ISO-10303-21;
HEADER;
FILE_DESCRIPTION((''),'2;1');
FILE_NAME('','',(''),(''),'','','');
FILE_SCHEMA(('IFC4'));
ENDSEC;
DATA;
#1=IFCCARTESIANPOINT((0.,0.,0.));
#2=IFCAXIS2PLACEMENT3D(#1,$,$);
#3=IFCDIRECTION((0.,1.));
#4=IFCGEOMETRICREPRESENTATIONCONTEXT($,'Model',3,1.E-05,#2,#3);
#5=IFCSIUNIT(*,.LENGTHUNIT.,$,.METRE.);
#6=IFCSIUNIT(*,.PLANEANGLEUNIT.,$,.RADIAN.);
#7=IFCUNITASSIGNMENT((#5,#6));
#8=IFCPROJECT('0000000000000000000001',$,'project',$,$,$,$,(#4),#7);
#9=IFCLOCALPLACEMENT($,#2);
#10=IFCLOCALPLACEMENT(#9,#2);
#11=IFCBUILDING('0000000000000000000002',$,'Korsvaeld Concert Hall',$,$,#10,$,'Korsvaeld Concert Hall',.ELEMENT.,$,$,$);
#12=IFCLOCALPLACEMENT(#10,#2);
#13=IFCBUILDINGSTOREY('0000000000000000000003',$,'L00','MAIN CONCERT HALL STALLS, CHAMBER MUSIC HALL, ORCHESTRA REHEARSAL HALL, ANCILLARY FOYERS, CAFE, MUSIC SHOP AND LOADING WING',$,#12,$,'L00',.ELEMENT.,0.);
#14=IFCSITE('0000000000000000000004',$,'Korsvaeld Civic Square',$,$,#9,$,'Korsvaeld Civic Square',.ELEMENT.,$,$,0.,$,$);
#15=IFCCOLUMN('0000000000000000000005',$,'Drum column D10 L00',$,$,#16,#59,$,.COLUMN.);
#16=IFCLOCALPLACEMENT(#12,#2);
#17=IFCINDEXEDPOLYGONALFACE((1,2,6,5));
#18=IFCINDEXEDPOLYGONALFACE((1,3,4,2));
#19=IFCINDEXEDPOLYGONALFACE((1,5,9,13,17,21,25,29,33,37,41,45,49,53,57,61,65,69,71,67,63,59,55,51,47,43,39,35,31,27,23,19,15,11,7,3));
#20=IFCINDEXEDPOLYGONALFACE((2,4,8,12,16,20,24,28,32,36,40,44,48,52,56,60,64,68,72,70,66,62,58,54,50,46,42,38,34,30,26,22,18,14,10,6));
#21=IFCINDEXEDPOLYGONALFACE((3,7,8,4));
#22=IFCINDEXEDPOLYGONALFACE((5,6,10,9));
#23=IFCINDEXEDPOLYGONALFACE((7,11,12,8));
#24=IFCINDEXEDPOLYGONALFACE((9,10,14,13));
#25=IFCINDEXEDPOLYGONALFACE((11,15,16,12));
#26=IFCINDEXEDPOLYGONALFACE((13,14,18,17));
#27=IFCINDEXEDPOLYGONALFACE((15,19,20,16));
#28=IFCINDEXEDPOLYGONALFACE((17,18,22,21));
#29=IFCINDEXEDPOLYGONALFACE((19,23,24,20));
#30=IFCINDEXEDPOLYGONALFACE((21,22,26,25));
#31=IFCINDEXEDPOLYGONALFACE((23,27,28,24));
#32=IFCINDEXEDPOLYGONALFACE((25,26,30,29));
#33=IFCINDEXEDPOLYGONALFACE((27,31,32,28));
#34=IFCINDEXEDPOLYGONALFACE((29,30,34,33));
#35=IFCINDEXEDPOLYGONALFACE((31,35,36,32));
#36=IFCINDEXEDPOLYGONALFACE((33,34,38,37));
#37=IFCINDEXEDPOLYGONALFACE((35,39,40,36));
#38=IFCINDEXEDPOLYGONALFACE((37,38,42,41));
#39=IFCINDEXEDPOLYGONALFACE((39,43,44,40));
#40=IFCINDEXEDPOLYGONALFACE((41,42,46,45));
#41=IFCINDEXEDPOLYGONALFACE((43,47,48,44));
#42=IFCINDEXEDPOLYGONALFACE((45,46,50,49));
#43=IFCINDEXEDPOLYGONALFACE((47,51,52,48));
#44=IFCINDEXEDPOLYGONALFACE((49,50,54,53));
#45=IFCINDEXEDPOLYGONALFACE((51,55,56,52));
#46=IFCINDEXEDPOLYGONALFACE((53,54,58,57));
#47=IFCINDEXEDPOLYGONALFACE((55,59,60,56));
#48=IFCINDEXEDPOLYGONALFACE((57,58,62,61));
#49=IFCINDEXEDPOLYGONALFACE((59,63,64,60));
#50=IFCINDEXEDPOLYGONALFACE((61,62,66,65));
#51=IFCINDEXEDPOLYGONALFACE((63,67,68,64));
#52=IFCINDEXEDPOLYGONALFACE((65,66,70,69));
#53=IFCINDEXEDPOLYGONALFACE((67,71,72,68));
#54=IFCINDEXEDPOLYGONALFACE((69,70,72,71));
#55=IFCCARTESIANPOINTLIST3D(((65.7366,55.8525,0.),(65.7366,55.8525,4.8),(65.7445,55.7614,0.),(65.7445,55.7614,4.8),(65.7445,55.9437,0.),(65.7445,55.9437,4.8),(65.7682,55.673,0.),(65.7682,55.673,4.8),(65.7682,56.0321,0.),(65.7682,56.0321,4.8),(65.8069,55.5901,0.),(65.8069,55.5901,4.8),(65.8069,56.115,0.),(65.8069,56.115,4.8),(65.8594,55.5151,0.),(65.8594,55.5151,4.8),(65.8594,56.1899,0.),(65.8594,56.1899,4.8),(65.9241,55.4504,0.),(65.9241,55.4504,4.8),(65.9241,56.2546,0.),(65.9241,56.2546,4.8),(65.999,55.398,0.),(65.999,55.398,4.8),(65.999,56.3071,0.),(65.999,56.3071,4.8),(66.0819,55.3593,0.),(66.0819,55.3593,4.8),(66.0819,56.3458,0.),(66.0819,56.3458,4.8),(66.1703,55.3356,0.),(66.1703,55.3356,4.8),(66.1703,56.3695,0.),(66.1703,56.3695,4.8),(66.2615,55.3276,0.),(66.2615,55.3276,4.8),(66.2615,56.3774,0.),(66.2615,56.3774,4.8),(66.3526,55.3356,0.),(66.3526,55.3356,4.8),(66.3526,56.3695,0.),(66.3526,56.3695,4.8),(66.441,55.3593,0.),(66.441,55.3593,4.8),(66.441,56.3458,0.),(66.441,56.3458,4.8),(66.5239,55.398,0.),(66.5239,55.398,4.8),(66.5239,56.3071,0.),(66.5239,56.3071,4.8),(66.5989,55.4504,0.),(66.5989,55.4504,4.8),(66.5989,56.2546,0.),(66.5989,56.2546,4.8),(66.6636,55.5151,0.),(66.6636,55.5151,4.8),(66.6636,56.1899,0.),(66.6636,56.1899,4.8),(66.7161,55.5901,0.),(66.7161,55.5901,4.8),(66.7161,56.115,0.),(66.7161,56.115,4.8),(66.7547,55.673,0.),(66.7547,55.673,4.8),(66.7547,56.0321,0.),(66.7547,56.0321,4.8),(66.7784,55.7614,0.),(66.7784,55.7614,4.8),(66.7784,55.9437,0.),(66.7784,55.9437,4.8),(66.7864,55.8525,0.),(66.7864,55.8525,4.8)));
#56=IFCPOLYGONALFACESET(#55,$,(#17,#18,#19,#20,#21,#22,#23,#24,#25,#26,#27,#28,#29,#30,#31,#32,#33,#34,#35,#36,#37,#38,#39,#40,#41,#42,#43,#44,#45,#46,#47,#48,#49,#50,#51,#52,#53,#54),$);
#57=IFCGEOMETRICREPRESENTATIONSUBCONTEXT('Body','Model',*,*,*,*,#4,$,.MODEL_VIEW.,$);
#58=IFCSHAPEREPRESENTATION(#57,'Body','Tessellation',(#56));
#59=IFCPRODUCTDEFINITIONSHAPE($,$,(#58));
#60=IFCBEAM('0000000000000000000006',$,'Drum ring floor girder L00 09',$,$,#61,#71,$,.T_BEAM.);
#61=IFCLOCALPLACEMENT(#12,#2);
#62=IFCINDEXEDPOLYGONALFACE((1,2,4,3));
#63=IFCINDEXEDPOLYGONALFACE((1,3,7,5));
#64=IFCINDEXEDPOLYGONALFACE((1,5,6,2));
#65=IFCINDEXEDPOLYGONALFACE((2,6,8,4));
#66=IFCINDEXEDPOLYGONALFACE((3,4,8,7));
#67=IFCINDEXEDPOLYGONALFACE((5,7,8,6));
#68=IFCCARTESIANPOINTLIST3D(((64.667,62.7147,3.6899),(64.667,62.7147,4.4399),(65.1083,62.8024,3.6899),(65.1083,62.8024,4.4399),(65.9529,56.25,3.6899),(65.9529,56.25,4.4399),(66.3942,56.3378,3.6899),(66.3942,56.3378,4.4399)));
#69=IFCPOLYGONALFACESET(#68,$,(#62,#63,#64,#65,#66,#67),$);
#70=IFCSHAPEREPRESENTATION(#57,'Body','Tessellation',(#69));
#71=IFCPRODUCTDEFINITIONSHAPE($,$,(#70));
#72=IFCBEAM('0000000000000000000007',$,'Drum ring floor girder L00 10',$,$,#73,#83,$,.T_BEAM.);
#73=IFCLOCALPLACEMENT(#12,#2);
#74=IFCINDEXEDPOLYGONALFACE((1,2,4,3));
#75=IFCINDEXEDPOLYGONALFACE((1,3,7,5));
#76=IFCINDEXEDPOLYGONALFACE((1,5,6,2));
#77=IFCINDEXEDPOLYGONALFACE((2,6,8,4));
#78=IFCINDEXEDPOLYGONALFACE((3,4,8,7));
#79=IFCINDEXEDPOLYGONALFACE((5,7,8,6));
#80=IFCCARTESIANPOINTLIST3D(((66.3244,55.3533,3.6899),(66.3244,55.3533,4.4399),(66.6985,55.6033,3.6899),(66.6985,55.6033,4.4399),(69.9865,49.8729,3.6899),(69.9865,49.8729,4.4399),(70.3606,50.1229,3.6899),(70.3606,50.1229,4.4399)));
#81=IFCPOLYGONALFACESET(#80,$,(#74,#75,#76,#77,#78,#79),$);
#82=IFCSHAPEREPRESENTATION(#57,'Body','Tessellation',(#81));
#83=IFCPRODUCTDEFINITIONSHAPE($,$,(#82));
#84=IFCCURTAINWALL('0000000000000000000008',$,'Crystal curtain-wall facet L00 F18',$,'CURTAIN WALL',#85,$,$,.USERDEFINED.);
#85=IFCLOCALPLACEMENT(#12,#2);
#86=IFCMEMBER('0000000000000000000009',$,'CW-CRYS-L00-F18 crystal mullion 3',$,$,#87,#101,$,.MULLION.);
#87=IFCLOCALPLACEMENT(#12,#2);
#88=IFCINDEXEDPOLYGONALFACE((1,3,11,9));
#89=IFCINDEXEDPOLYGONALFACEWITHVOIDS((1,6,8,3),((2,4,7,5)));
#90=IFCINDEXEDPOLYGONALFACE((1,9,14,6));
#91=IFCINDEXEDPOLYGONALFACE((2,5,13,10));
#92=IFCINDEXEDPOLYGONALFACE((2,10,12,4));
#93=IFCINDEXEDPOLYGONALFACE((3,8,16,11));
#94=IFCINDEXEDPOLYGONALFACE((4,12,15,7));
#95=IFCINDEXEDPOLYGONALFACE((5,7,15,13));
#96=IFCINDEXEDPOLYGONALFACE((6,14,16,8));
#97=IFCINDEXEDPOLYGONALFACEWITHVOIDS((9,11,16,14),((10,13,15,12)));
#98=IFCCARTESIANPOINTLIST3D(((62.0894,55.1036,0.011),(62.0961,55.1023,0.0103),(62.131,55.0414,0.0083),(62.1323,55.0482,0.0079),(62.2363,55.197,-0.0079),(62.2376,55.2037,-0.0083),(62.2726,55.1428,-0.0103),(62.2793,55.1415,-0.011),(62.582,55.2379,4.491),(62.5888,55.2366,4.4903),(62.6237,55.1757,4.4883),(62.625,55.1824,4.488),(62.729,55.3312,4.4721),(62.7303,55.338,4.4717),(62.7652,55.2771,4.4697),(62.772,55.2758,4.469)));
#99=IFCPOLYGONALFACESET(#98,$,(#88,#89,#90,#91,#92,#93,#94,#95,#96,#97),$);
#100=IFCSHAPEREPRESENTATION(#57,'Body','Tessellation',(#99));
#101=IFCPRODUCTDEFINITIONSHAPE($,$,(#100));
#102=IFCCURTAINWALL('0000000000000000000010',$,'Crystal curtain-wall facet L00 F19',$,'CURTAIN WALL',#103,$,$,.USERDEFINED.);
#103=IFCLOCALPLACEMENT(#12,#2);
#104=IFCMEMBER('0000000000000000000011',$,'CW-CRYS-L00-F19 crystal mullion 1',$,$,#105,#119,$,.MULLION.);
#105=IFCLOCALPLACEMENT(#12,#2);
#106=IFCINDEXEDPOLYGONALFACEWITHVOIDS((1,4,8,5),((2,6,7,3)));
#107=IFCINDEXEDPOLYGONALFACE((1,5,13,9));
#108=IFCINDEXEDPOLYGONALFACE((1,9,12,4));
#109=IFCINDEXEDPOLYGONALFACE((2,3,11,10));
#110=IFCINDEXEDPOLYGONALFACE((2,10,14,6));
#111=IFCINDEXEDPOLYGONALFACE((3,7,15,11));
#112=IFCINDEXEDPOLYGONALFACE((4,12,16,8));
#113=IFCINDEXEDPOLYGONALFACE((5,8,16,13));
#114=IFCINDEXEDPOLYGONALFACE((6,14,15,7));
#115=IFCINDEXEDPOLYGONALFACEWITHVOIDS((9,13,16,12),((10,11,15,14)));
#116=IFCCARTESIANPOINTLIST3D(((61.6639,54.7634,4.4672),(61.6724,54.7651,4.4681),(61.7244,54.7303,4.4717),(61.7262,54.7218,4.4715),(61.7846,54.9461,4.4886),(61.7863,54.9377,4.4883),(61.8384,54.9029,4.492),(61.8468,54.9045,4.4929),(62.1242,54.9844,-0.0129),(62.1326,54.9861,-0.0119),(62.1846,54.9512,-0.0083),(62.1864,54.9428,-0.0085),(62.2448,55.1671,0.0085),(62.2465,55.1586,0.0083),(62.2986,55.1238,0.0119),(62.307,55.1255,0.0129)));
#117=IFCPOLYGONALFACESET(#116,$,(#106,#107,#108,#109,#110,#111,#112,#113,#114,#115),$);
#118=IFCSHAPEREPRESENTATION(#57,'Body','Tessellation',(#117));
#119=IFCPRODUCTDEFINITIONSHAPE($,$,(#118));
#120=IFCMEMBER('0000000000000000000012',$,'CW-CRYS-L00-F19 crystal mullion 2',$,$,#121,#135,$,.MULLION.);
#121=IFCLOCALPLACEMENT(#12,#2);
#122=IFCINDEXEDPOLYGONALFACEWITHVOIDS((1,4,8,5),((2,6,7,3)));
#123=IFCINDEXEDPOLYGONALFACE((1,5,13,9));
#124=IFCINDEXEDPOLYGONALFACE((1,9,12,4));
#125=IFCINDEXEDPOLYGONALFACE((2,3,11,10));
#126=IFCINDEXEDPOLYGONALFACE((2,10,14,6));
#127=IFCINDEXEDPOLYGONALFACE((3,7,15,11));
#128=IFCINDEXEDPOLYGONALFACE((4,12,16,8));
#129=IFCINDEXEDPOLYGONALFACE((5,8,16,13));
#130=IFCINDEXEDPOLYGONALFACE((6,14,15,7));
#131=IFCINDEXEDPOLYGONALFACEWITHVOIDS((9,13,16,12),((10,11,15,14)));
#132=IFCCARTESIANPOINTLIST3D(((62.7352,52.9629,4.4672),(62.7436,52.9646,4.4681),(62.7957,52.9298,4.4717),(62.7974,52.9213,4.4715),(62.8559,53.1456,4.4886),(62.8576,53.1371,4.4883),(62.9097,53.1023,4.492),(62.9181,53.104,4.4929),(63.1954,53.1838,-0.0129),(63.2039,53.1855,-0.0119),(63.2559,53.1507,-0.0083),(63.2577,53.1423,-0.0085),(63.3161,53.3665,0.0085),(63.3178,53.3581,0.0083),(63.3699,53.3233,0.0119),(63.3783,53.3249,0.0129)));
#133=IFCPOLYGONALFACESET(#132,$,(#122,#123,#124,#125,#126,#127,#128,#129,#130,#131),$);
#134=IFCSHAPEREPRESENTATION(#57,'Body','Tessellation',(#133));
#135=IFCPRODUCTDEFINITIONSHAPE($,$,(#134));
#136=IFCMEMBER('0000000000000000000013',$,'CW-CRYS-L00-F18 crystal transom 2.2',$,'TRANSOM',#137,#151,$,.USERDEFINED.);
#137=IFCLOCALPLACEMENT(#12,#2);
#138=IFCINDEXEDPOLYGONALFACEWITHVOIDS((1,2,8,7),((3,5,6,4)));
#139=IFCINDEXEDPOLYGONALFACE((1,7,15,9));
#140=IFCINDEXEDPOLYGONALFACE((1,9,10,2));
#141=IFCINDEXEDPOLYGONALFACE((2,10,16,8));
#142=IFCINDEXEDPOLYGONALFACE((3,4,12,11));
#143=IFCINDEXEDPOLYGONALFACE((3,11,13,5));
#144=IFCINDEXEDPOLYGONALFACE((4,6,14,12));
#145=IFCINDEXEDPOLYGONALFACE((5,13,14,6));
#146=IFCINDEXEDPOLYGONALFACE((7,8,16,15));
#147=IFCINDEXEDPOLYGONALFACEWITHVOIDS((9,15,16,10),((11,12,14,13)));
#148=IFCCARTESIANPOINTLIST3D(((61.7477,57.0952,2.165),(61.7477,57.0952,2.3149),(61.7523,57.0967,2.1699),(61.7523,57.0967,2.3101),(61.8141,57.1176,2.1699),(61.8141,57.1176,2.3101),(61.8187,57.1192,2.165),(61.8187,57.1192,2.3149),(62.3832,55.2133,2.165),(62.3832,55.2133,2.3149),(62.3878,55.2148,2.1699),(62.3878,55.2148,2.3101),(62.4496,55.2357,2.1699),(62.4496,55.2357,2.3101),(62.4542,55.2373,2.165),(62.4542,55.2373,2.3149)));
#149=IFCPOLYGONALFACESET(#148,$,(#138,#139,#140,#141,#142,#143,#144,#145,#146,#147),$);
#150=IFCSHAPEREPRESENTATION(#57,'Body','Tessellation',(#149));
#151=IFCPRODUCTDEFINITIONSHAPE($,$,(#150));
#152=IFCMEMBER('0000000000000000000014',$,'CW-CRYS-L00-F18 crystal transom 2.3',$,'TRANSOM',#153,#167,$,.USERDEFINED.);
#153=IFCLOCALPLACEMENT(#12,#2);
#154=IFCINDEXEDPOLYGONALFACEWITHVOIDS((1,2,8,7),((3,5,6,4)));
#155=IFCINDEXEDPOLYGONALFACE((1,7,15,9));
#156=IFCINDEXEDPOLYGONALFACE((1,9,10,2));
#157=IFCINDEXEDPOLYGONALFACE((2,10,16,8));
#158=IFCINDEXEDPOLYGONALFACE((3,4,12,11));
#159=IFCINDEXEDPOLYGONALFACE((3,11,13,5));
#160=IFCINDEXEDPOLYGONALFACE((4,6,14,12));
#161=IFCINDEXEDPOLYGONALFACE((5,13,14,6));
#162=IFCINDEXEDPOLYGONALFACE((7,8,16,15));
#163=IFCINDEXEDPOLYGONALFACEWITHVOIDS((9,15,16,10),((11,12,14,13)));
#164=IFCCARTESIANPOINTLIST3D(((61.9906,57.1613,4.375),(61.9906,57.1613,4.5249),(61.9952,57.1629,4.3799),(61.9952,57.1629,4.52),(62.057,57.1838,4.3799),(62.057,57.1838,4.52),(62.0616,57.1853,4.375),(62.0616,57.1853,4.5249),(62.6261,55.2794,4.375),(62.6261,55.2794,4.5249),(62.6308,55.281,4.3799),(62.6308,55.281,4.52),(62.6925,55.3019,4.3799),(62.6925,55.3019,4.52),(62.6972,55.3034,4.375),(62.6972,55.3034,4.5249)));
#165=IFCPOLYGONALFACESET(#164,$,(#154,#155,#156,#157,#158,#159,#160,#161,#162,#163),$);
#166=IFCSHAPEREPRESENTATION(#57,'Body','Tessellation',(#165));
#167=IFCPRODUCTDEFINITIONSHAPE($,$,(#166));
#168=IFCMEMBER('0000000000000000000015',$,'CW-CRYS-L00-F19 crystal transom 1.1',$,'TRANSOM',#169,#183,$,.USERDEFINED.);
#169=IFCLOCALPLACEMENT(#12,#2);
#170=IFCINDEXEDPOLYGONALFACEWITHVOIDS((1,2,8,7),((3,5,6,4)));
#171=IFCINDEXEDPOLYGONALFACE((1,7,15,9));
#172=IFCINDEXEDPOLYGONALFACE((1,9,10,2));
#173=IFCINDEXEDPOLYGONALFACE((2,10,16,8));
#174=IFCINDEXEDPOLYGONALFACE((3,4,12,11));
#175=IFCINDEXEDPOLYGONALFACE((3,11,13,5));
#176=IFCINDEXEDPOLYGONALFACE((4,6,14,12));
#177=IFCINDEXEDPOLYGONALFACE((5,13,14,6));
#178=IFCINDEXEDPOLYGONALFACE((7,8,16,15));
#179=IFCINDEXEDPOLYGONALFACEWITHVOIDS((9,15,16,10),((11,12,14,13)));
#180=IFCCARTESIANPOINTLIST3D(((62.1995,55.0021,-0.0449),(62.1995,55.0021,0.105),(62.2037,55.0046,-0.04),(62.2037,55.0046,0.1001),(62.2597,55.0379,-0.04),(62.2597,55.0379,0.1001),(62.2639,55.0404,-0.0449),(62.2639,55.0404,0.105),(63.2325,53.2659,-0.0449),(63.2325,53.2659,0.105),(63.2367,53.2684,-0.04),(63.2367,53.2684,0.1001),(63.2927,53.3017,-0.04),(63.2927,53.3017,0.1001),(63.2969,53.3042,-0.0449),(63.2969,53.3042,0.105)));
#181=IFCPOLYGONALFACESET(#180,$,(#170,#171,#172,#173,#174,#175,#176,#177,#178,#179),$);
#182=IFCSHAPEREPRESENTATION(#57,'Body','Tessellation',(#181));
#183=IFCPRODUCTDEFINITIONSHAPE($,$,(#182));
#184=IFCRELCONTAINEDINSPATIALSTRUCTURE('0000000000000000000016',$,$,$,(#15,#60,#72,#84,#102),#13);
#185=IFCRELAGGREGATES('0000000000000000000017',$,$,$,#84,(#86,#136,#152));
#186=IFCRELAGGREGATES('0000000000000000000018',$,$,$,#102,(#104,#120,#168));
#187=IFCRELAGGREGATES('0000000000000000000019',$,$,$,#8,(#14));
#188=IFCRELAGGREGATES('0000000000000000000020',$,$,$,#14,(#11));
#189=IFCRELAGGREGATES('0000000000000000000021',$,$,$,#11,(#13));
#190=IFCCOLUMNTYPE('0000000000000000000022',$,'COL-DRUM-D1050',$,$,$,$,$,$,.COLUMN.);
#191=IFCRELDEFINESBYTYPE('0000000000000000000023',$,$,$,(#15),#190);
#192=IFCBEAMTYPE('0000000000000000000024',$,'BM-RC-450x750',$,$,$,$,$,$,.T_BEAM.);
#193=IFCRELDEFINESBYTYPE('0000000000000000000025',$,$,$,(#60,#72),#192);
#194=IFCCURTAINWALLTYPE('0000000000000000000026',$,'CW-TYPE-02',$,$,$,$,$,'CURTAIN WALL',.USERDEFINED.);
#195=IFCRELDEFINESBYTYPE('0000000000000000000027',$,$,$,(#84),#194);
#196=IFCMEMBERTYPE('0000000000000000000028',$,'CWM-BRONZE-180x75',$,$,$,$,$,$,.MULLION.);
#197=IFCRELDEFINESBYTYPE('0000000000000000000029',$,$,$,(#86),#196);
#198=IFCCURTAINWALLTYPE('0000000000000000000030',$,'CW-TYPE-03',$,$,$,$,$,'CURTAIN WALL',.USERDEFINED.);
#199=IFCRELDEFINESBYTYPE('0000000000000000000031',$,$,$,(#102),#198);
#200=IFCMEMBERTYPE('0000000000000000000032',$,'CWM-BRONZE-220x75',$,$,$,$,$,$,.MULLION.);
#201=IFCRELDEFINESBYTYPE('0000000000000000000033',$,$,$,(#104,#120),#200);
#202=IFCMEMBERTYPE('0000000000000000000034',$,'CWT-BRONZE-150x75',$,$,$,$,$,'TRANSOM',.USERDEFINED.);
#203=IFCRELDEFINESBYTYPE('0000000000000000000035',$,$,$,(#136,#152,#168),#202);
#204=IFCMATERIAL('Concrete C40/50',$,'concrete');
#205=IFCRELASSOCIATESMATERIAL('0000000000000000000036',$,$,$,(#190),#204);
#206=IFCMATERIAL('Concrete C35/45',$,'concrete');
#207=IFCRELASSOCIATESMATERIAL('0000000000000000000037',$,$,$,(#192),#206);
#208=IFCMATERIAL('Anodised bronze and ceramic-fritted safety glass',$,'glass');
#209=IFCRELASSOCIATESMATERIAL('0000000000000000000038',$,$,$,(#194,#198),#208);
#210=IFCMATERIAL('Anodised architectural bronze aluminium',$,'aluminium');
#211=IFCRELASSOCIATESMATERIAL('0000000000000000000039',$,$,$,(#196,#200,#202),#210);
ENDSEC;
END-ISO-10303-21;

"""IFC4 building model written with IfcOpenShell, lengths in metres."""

from ifc_helpers import new_model, si_unit, direction, frame, origin, origin_2d, place, context, subcontext, project, spatial, rectangle, hollow_rectangle, circle, extrude, material, material_profile, profile_set, type_object, element, aggregate, save


model = new_model("IFC4")

# Units and contexts
model_context = context("Model", 3, precision=1e-05, world=origin(), true_north=direction((0.0, 1.0)))
body_context = subcontext(model_context, "Body", "Model", "MODEL_VIEW")
ifc_project = project(units=[si_unit("LENGTHUNIT", "METRE"), si_unit("PLANEANGLEUNIT", "RADIAN")], contexts=[model_context])

# Site, building, storey
site_placement = place(None, origin())
site = spatial("IfcSite", under=ifc_project, at=site_placement, Name="Korsvaeld Civic Square", LongName="Korsvaeld Civic Square", CompositionType="ELEMENT", RefElevation=0.0)
building_placement = place(site_placement, origin())
building = spatial("IfcBuilding", under=site, at=building_placement, Name="Korsvaeld Concert Hall", LongName="Korsvaeld Concert Hall", CompositionType="ELEMENT")
storey_placement = place(building_placement, origin())
storey = spatial("IfcBuildingStorey", under=building, at=storey_placement, Name="L00", Description="MAIN CONCERT HALL STALLS, CHAMBER MUSIC HALL, ORCHESTRA REHEARSAL HALL, ANCILLARY FOYERS, CAFE, MUSIC SHOP AND LOADING WING", LongName="L00", CompositionType="ELEMENT", Elevation=0.0)

# Column
ifc_material_1 = material(Name="Concrete C40/50", Category="concrete")
ifc_material_profile_1 = material_profile(ifc_material_1, circle(Radius=0.5249, at=origin_2d()), Name="RC D1050")
ifc_profile_set_1 = profile_set([ifc_material_profile_1], Name="Concrete C40/50")
column_type = type_object("IfcColumnType", Name="COL-DRUM-D1050", PredefinedType="COLUMN", material=ifc_profile_set_1)
column_placement = place(storey_placement, frame((66.2615, 55.8525, 0.0), z_axis=(0.0, 0.0, 1.0), x_axis=(1.0, 0.0, 0.0)))
element("IfcColumn", 1, at=column_placement, inside=storey, type_object=column_type, Name="Drum column D10 L00", PredefinedType="COLUMN", context=body_context, shape_type="SweptSolid", body=[
    extrude(circle(Radius=0.5249, at=origin_2d()), origin(), (0.0, 0.0, 1.0), 4.8),
])

# Beams
ifc_material_2 = material(Name="Concrete C35/45", Category="concrete")
ifc_material_profile_2 = material_profile(ifc_material_2, rectangle(XDim=0.45, YDim=0.75, at=origin_2d()), Name="RC 450x750")
ifc_profile_set_2 = profile_set([ifc_material_profile_2], Name="Concrete C35/45")
beam_type = type_object("IfcBeamType", Name="BM-RC-450x750", PredefinedType="T_BEAM", material=ifc_profile_set_2)
for number, where, z_axis, x_axis, name in (
    (2, (64.8877, 62.7585, 4.0649), (0.19509, -0.980785, 0.0), (0.980785, 0.19509, 0.0), "Drum ring floor girder L00 09"),
    (3, (66.5115, 55.4783, 4.0649), (0.555589, -0.831457, 0.0), (0.831457, 0.555589, 0.0), "Drum ring floor girder L00 10"),
):
    element("IfcBeam", number, at=place(storey_placement, frame(where, z_axis=z_axis, x_axis=x_axis)), inside=storey, type_object=beam_type, Name=name, PredefinedType="T_BEAM", context=body_context, shape_type="SweptSolid", body=[
        extrude(rectangle(XDim=0.45, YDim=0.75, at=origin_2d()), origin(), (0.0, 0.0, 1.0), 6.5913),
    ])

# Curtain wall, member
ifc_material_3 = material(Name="Anodised bronze and ceramic-fritted safety glass", Category="glass")
curtain_wall_type_1 = type_object("IfcCurtainWallType", Name="CW-TYPE-02", ElementType="CURTAIN WALL", PredefinedType="USERDEFINED", material=ifc_material_3)
curtain_wall_1_placement = place(storey_placement, origin())
curtain_wall_1 = element("IfcCurtainWall", 4, at=curtain_wall_1_placement, inside=storey, type_object=curtain_wall_type_1, Name="Crystal curtain-wall facet L00 F18", ObjectType="CURTAIN WALL", PredefinedType="USERDEFINED")
ifc_material_4 = material(Name="Anodised architectural bronze aluminium", Category="aluminium")
ifc_material_profile_3 = material_profile(ifc_material_4, hollow_rectangle(XDim=0.075, YDim=0.1799, WallThickness=0.0049, at=origin_2d()), Name="CWM 180x75x5")
ifc_profile_set_3 = profile_set([ifc_material_profile_3], Name="Anodised architectural bronze aluminium")
member_type_1 = type_object("IfcMemberType", Name="CWM-BRONZE-180x75", PredefinedType="MULLION", material=ifc_profile_set_3)
member_1_placement = place(storey_placement, frame((62.1843, 55.1226, 0.0), z_axis=(0.109265, 0.02978, 0.993566), x_axis=(-0.555812, 0.830518, 0.036231)))
member_1 = element("IfcMember", 5, at=member_1_placement, type_object=member_type_1, Name="CW-CRYS-L00-F18 crystal mullion 3", PredefinedType="MULLION", context=body_context, shape_type="SweptSolid", body=[
    extrude(hollow_rectangle(XDim=0.075, YDim=0.1799, WallThickness=0.0049, at=origin_2d()), origin(), (0.0, 0.0, 1.0), 4.509),
])

# Curtain wall, members
curtain_wall_type_2 = type_object("IfcCurtainWallType", Name="CW-TYPE-03", ElementType="CURTAIN WALL", PredefinedType="USERDEFINED", material=ifc_material_3)
curtain_wall_2_placement = place(storey_placement, origin())
curtain_wall_2 = element("IfcCurtainWall", 6, at=curtain_wall_2_placement, inside=storey, type_object=curtain_wall_type_2, Name="Crystal curtain-wall facet L00 F19", ObjectType="CURTAIN WALL", PredefinedType="USERDEFINED")
ifc_material_profile_4 = material_profile(ifc_material_4, hollow_rectangle(XDim=0.075, YDim=0.22, WallThickness=0.0061, at=origin_2d()), Name="CWM 220x75x6")
ifc_profile_set_4 = profile_set([ifc_material_profile_4], Name="Anodised architectural bronze aluminium")
member_type_2 = type_object("IfcMemberType", Name="CWM-BRONZE-220x75", PredefinedType="MULLION", material=ifc_profile_set_4)
member_2_placement = place(storey_placement, frame((62.2156, 55.0549, 0.0), z_axis=(-0.102064, -0.049002, 0.99357), x_axis=(0.829955, -0.554817, 0.057894)))
member_2 = element("IfcMember", 7, at=member_2_placement, type_object=member_type_2, Name="CW-CRYS-L00-F19 crystal mullion 1", PredefinedType="MULLION", context=body_context, shape_type="SweptSolid", body=[
    extrude(hollow_rectangle(XDim=0.075, YDim=0.22, WallThickness=0.0061, at=origin_2d()), origin(), (0.0, 0.0, 1.0), 4.509),
])
member_3_placement = place(storey_placement, frame((63.2869, 53.2544, 0.0), z_axis=(-0.102064, -0.049002, 0.99357), x_axis=(0.829955, -0.554817, 0.057894)))
member_3 = element("IfcMember", 8, at=member_3_placement, type_object=member_type_2, Name="CW-CRYS-L00-F19 crystal mullion 2", PredefinedType="MULLION", context=body_context, shape_type="SweptSolid", body=[
    extrude(hollow_rectangle(XDim=0.075, YDim=0.22, WallThickness=0.0061, at=origin_2d()), origin(), (0.0, 0.0, 1.0), 4.509),
])

# Members
ifc_material_profile_5 = material_profile(ifc_material_4, hollow_rectangle(XDim=0.075, YDim=0.1499, WallThickness=0.0049, at=origin_2d()), Name="CWT 150x75x5")
ifc_profile_set_5 = profile_set([ifc_material_profile_5], Name="Anodised architectural bronze aluminium")
member_type_3 = type_object("IfcMemberType", Name="CWT-BRONZE-150x75", ElementType="TRANSOM", PredefinedType="USERDEFINED", material=ifc_profile_set_5)
member_4_placement = place(storey_placement, frame((61.7832, 57.1072, 2.24), z_axis=(0.31995, -0.947435, 0.0), x_axis=(0.947435, 0.31995, 0.0)))
member_4 = element("IfcMember", 9, at=member_4_placement, type_object=member_type_3, Name="CW-CRYS-L00-F18 crystal transom 2.2", ObjectType="TRANSOM", PredefinedType="USERDEFINED", context=body_context, shape_type="SweptSolid", body=[
    extrude(hollow_rectangle(XDim=0.075, YDim=0.1499, WallThickness=0.0049, at=origin_2d()), origin(), (0.0, 0.0, 1.0), 1.9863),
])
member_5_placement = place(storey_placement, frame((62.0261, 57.1733, 4.45), z_axis=(0.31995, -0.947435, 0.0), x_axis=(0.947435, 0.31995, 0.0)))
member_5 = element("IfcMember", 10, at=member_5_placement, type_object=member_type_3, Name="CW-CRYS-L00-F18 crystal transom 2.3", ObjectType="TRANSOM", PredefinedType="USERDEFINED", context=body_context, shape_type="SweptSolid", body=[
    extrude(hollow_rectangle(XDim=0.075, YDim=0.1499, WallThickness=0.0049, at=origin_2d()), origin(), (0.0, 0.0, 1.0), 1.9863),
])
member_6_placement = place(storey_placement, frame((62.2317, 55.0212, 0.03), z_axis=(0.511329, -0.859385, 0.0), x_axis=(0.859385, 0.511329, 0.0)))
member_6 = element("IfcMember", 11, at=member_6_placement, type_object=member_type_3, Name="CW-CRYS-L00-F19 crystal transom 1.1", ObjectType="TRANSOM", PredefinedType="USERDEFINED", context=body_context, shape_type="SweptSolid", body=[
    extrude(hollow_rectangle(XDim=0.075, YDim=0.1499, WallThickness=0.0049, at=origin_2d()), origin(), (0.0, 0.0, 1.0), 2.0203),
])

aggregate(curtain_wall_1, [member_1, member_4, member_5])
aggregate(curtain_wall_2, [member_2, member_3, member_6])

save(model, "model.ifc")
